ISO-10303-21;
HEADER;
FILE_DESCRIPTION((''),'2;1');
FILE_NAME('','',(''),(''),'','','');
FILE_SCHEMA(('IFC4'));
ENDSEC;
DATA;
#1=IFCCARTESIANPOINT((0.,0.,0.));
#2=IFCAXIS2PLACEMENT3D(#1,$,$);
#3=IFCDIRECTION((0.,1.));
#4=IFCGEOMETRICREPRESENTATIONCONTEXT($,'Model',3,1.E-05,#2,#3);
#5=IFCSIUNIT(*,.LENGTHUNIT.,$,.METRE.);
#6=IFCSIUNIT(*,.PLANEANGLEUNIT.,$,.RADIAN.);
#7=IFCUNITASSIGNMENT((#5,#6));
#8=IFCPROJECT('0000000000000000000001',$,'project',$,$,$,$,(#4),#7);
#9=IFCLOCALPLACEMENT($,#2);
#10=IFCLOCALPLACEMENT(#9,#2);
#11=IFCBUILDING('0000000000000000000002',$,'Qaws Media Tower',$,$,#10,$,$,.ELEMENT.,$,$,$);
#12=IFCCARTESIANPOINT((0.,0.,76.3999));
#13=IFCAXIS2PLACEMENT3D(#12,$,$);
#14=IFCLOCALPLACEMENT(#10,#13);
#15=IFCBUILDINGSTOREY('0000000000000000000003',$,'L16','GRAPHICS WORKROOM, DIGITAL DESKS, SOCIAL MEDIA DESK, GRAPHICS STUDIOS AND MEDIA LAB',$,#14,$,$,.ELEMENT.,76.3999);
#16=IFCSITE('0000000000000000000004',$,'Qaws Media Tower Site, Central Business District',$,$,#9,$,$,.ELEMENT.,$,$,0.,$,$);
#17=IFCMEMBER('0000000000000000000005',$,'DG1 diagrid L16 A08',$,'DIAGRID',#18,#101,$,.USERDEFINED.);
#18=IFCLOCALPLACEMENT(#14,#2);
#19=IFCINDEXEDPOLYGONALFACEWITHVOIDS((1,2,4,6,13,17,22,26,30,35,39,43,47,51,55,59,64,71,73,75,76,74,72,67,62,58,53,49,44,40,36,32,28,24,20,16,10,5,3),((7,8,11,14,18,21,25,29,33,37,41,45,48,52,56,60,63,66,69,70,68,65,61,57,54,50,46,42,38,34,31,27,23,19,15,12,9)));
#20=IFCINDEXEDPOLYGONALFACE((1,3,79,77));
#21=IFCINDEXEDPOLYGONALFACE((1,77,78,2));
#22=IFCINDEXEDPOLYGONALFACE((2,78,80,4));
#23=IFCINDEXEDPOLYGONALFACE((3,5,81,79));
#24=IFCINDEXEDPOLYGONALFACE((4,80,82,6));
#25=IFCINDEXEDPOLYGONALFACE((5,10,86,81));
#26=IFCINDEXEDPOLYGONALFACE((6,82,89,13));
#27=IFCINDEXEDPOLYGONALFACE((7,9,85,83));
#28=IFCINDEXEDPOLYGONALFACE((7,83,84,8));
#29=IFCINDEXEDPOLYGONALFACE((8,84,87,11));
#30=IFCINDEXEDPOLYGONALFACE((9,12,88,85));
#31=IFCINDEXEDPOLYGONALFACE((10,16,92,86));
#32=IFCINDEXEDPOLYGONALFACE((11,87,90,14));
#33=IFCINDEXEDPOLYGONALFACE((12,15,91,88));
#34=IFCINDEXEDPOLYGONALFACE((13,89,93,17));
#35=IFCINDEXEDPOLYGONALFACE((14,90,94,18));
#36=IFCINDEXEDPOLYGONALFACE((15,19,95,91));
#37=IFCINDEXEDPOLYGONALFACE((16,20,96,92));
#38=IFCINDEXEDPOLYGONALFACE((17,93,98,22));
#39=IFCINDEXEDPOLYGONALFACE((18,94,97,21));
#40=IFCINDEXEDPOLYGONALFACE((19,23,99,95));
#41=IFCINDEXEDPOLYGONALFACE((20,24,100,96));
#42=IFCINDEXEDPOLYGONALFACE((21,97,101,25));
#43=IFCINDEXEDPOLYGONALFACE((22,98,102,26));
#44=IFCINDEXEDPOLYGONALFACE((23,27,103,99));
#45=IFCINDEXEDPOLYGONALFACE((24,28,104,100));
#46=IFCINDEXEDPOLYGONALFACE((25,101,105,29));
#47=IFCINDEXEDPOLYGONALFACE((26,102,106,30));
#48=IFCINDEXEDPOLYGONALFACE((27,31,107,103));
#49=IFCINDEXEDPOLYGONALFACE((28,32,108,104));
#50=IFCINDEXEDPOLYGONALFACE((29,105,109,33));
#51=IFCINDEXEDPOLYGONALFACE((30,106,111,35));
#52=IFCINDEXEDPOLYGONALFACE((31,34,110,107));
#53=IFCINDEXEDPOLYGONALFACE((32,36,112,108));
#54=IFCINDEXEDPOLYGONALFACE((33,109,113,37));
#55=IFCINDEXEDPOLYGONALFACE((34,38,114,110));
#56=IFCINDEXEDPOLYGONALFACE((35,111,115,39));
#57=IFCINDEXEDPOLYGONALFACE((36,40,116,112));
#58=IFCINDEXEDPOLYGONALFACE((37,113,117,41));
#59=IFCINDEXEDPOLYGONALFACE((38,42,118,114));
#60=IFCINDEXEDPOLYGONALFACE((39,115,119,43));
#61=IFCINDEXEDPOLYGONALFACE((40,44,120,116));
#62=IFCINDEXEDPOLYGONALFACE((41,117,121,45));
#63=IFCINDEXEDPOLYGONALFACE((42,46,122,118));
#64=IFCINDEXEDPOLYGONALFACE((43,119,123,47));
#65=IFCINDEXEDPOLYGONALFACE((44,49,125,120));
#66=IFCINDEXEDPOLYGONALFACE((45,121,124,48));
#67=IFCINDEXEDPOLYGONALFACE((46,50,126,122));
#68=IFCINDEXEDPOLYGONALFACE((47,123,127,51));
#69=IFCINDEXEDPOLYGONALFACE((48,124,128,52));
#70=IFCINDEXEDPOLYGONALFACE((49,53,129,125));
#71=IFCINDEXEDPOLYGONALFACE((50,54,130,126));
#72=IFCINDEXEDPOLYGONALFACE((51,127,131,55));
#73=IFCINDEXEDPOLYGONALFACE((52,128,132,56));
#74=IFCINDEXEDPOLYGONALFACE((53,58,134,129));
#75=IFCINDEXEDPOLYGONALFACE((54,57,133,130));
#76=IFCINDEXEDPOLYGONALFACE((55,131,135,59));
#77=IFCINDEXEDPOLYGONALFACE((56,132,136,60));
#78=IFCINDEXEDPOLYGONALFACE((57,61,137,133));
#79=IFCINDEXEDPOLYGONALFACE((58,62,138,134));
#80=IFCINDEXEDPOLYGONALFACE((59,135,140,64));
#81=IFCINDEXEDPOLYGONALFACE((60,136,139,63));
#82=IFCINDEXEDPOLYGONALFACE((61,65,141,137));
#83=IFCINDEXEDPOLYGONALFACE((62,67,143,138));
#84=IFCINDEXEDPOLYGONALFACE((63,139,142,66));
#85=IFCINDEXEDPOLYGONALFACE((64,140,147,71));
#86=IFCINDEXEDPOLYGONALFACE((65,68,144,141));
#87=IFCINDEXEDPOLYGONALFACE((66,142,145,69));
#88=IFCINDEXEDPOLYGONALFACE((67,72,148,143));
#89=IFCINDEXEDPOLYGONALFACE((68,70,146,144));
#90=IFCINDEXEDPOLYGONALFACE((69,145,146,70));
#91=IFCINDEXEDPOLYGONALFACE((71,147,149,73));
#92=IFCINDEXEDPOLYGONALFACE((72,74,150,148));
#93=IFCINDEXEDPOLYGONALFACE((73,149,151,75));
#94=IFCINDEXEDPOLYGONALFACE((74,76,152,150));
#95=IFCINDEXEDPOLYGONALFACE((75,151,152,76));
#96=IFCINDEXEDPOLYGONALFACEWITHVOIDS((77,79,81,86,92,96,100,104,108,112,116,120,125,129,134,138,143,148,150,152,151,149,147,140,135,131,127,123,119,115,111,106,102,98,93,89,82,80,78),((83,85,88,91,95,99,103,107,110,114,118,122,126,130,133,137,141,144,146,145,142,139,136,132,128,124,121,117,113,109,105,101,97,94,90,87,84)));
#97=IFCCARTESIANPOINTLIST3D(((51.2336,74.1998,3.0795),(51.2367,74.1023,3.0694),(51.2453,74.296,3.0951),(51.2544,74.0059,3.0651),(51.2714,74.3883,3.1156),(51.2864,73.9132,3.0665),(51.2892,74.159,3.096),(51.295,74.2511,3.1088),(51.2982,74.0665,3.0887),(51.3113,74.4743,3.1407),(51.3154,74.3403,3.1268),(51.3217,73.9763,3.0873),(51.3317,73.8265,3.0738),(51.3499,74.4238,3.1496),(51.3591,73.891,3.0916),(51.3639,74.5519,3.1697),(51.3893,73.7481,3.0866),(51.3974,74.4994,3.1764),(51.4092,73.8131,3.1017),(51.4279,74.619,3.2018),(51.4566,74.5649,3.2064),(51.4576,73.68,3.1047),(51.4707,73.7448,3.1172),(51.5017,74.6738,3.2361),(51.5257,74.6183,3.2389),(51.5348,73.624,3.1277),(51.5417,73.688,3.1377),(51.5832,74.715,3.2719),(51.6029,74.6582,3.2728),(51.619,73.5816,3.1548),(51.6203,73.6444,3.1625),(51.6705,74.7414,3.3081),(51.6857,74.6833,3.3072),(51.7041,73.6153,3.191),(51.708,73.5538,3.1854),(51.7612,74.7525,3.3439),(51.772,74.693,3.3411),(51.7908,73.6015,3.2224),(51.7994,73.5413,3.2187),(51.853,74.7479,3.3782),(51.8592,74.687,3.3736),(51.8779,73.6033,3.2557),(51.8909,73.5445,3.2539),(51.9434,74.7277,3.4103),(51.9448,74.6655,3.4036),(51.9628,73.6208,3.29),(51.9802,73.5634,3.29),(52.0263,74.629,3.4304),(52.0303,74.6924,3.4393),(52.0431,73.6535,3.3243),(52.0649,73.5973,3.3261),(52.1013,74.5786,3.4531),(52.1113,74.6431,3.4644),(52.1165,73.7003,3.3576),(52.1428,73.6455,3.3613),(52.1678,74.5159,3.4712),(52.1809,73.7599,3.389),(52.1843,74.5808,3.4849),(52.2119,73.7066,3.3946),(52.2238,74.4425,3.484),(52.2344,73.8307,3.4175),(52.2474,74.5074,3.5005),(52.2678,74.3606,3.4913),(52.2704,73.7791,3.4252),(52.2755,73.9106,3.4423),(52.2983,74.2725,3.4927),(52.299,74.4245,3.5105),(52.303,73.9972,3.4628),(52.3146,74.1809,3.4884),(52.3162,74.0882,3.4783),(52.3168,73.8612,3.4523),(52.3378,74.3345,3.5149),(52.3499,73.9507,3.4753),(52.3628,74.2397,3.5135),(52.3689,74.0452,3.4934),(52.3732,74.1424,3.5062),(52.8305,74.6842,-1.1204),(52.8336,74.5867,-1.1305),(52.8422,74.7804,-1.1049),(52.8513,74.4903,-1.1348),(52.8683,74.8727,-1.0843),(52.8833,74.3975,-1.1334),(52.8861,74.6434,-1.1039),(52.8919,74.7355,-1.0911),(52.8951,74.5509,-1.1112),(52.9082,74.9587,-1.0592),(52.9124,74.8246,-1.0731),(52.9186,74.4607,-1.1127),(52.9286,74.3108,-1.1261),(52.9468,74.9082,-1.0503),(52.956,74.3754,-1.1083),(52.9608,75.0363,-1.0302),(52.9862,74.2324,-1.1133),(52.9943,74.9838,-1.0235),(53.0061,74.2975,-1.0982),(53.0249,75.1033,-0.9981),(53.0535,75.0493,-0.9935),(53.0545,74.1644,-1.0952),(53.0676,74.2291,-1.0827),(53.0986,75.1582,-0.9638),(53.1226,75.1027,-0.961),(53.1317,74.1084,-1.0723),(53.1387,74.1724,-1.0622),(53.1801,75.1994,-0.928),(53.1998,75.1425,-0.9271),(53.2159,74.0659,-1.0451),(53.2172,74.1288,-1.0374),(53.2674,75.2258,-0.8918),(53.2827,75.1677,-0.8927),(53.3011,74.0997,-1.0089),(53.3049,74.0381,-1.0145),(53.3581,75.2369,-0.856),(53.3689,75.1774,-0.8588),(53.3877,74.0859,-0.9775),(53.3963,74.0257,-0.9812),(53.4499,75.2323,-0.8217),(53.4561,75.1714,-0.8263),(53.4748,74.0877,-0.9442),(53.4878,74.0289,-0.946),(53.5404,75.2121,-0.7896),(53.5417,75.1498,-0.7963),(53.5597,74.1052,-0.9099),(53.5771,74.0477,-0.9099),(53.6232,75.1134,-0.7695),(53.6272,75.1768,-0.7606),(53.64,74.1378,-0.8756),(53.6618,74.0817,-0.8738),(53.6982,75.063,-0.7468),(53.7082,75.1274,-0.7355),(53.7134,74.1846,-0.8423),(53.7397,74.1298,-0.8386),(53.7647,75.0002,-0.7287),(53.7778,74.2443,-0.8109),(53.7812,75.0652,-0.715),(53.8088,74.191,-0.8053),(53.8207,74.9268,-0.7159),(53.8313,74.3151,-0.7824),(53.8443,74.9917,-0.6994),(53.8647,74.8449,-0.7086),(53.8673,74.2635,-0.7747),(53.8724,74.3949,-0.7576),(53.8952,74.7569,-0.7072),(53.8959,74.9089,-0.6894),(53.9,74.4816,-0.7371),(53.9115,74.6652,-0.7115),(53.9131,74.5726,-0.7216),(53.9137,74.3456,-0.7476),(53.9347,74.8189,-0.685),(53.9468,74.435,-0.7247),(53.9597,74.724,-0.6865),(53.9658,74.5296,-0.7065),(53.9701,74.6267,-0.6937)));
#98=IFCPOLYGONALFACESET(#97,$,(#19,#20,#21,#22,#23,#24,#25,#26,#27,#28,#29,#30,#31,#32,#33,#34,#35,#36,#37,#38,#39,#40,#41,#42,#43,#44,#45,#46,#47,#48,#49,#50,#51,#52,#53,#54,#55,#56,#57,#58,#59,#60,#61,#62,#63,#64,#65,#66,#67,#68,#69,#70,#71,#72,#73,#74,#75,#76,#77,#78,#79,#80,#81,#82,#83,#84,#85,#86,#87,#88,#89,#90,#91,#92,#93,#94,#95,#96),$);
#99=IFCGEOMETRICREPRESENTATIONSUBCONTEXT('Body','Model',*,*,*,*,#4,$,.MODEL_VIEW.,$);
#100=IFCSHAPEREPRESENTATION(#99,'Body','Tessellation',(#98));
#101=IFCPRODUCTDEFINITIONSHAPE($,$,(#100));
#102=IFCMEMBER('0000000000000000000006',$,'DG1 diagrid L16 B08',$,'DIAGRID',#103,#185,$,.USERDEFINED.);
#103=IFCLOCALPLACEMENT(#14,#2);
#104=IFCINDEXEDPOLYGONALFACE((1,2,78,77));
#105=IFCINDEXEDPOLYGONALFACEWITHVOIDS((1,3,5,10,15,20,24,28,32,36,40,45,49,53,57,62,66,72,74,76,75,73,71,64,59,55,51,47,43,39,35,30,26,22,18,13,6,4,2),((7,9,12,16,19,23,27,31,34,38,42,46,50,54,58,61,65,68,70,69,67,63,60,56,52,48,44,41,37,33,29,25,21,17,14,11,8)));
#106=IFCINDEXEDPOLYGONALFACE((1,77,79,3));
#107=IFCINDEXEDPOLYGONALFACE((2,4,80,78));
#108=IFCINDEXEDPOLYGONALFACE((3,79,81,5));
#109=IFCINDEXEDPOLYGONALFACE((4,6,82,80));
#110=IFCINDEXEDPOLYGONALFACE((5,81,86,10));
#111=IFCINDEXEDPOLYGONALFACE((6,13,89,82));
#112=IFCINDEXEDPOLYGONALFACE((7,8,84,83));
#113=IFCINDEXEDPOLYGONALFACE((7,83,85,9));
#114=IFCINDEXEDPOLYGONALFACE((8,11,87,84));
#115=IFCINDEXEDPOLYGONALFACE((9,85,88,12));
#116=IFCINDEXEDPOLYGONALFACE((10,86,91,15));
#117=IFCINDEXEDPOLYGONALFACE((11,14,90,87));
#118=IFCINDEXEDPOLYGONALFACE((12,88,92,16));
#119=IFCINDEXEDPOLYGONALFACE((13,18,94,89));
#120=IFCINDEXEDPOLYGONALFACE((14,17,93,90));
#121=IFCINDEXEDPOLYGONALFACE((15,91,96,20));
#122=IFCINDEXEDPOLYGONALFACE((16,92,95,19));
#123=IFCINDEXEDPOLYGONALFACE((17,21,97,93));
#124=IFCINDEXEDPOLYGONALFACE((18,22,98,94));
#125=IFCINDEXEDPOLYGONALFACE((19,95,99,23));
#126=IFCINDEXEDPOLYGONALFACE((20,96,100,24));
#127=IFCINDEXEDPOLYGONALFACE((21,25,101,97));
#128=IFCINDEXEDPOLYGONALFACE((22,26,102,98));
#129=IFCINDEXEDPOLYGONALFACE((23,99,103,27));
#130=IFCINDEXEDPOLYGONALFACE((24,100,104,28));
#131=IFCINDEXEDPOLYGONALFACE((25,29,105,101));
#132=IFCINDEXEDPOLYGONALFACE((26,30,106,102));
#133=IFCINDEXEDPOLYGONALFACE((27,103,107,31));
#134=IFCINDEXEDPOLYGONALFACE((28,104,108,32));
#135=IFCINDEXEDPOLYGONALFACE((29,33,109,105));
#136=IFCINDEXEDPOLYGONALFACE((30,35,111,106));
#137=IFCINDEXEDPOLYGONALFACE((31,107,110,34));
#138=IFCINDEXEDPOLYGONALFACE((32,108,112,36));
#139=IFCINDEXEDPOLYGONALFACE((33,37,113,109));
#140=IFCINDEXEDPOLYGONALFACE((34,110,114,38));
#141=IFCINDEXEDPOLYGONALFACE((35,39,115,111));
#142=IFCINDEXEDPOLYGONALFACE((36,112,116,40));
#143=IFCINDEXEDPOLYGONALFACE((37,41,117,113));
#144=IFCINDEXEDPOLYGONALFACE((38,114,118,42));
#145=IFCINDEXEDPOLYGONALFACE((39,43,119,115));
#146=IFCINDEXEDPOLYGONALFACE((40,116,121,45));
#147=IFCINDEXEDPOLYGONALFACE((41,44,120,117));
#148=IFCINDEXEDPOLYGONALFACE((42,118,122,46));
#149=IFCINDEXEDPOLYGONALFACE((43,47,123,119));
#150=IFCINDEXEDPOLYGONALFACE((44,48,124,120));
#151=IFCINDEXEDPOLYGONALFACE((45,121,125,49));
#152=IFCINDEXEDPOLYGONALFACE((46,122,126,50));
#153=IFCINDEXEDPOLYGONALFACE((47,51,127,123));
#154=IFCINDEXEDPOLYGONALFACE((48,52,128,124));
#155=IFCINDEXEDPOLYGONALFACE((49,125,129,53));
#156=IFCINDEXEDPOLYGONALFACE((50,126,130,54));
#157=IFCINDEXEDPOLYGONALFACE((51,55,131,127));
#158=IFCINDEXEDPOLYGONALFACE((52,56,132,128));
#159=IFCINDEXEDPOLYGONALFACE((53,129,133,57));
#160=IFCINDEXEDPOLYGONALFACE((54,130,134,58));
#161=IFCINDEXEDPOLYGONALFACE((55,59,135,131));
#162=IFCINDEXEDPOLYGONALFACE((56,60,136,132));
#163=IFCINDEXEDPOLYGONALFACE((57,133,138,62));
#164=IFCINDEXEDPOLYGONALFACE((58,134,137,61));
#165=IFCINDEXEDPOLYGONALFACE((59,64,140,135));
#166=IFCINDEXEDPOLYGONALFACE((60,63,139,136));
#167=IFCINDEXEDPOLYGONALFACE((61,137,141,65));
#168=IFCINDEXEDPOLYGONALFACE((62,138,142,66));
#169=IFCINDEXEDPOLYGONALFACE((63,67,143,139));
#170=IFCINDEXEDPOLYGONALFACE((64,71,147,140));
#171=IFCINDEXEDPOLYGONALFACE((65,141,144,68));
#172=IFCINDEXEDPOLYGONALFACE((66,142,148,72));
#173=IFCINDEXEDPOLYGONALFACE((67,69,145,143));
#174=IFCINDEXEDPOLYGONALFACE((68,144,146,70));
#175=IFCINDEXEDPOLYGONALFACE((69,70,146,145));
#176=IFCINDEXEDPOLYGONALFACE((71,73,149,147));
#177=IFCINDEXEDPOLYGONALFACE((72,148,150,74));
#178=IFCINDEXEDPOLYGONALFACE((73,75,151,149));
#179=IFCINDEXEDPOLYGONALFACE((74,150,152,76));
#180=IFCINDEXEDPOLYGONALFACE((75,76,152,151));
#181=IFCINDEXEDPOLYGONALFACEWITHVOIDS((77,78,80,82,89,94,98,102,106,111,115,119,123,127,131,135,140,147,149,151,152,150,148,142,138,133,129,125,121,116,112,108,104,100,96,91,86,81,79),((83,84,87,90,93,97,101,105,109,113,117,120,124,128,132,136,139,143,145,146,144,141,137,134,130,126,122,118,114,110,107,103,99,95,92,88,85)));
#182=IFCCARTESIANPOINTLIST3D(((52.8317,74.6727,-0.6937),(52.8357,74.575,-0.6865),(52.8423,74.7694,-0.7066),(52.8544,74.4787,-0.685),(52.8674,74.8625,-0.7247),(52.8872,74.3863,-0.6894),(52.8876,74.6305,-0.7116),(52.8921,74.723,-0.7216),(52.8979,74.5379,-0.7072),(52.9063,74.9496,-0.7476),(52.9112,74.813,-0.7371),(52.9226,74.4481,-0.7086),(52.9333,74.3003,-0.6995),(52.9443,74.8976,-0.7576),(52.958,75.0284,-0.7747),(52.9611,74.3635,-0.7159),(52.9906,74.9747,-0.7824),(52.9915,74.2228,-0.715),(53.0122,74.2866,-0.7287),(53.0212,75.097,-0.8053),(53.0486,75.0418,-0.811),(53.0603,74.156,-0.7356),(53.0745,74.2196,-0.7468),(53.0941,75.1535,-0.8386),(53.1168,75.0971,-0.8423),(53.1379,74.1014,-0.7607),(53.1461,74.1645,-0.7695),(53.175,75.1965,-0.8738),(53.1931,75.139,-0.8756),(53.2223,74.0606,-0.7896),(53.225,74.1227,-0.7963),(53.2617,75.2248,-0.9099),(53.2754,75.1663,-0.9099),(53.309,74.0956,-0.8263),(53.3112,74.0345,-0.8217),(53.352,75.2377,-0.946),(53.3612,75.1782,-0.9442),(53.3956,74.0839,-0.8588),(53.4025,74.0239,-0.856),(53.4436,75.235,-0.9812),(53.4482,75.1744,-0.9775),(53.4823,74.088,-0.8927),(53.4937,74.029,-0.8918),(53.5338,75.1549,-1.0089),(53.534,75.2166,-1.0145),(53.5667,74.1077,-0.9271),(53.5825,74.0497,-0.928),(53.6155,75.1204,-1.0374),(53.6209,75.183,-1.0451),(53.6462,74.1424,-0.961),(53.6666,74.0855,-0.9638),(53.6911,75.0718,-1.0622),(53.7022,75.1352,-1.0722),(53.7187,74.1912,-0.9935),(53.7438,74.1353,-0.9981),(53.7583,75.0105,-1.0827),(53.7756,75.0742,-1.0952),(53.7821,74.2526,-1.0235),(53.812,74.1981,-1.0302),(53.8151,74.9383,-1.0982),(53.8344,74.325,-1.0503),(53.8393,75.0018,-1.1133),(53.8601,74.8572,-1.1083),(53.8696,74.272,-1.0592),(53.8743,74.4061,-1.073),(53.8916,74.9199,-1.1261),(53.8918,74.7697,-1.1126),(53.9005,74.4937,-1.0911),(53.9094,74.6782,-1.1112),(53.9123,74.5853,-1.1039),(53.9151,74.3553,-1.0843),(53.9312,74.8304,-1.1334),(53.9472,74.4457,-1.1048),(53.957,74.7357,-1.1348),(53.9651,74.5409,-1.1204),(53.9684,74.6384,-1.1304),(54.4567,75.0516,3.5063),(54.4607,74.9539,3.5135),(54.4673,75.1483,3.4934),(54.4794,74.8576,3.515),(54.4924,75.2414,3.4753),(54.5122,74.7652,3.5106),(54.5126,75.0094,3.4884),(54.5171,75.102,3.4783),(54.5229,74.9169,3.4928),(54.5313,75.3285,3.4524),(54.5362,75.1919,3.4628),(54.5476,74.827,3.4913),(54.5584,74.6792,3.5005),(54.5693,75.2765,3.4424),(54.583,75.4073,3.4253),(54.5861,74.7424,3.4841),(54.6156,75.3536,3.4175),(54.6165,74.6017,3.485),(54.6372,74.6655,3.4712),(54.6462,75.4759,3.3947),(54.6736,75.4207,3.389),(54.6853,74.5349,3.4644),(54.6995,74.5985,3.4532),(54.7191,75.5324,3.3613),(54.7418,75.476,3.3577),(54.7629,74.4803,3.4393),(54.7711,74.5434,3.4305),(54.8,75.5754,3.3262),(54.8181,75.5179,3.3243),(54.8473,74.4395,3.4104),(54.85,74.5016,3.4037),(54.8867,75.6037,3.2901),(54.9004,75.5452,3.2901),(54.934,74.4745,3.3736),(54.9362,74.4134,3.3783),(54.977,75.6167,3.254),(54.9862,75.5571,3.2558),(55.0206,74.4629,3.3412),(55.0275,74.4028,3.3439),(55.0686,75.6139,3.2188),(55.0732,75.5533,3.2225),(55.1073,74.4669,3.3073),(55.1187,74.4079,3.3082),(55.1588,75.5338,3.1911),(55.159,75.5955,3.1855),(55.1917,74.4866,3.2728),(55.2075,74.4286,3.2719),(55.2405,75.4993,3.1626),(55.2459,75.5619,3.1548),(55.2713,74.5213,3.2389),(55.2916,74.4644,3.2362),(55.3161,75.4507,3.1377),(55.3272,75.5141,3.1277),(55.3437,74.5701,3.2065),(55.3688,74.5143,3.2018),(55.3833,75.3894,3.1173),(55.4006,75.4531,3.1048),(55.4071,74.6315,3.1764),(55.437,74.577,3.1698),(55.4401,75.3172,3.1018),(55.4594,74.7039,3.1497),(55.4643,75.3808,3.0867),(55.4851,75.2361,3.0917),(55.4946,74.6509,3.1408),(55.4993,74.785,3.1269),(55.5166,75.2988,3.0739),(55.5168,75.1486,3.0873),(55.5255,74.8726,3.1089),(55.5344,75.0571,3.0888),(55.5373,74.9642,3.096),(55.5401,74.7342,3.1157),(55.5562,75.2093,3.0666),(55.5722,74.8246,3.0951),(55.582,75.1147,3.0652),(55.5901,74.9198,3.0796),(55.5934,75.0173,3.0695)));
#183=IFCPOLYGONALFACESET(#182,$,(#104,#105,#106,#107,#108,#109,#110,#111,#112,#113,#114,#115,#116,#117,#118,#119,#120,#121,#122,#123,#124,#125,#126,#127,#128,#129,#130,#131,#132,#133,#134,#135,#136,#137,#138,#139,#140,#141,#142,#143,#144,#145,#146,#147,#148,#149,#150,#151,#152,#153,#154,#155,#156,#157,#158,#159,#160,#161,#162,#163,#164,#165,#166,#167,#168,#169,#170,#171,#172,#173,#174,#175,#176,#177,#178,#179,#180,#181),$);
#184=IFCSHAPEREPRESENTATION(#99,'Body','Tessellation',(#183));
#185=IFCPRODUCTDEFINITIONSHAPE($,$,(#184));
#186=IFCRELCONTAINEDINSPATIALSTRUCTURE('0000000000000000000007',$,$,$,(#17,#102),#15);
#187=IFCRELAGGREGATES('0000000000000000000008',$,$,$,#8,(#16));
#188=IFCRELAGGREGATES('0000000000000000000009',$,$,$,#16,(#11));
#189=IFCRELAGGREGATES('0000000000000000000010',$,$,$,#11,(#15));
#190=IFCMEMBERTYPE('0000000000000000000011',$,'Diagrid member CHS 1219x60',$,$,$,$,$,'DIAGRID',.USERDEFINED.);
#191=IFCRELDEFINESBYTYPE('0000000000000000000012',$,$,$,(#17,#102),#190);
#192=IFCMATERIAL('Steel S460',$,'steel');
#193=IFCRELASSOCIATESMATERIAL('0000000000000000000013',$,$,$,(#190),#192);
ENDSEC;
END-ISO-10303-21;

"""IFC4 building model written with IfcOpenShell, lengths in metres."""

from ifc_helpers import new_model, si_unit, direction, frame, origin, origin_2d, place, context, subcontext, project, spatial, hollow_circle, extrude, material, material_profile, profile_set, type_object, element, save


model = new_model("IFC4")

# Units and contexts
model_context = context("Model", 3, precision=1e-05, world=origin(), true_north=direction((0.0, 1.0)))
body_context = subcontext(model_context, "Body", "Model", "MODEL_VIEW")
ifc_project = project(units=[si_unit("LENGTHUNIT", "METRE"), si_unit("PLANEANGLEUNIT", "RADIAN")], contexts=[model_context])

# Site, building, storey
site_placement = place(None, origin())
site = spatial("IfcSite", under=ifc_project, at=site_placement, Name="Qaws Media Tower Site, Central Business District", CompositionType="ELEMENT", RefElevation=0.0)
building_placement = place(site_placement, origin())
building = spatial("IfcBuilding", under=site, at=building_placement, Name="Qaws Media Tower", CompositionType="ELEMENT")
storey_placement = place(building_placement, frame((0.0, 0.0, 76.3999)))
storey = spatial("IfcBuildingStorey", under=building, at=storey_placement, Name="L16", Description="GRAPHICS WORKROOM, DIGITAL DESKS, SOCIAL MEDIA DESK, GRAPHICS STUDIOS AND MEDIA LAB", CompositionType="ELEMENT", Elevation=76.3999)

# Members
ifc_material_1 = material(Name="Steel S460", Category="steel")
ifc_material_profile_1 = material_profile(ifc_material_1, hollow_circle(Radius=0.6096, WallThickness=0.0601, at=origin_2d()), Name="CHS 1219x60")
ifc_profile_set_1 = profile_set([ifc_material_profile_1], Name="Steel S460")
member_type_1 = type_object("IfcMemberType", Name="Diagrid member CHS 1219x60", ElementType="DIAGRID", PredefinedType="USERDEFINED", material=ifc_profile_set_1)
for number, where, z_axis, x_axis, name in (
    (1, (53.4001, 74.6311, -0.9099), (-0.353354, -0.107178, 0.92933), (0.290259, -0.956948, 0.0), "DG1 diagrid L16 A08"),
    (2, (53.4001, 74.6311, -0.9099), (0.359571, 0.083842, 0.929343), (-0.227082, 0.973876, 0.0), "DG1 diagrid L16 B08"),
):
    element("IfcMember", number, at=place(storey_placement, frame(where, z_axis=z_axis, x_axis=x_axis)), inside=storey, type_object=member_type_1, Name=name, ObjectType="DIAGRID", PredefinedType="USERDEFINED", context=body_context, shape_type="SweptSolid", body=[
        extrude(hollow_circle(Radius=0.6096, WallThickness=0.0601, at=origin_2d()), origin(), (0.0, 0.0, 1.0), 4.5193),
    ])

save(model, "model.ifc")
